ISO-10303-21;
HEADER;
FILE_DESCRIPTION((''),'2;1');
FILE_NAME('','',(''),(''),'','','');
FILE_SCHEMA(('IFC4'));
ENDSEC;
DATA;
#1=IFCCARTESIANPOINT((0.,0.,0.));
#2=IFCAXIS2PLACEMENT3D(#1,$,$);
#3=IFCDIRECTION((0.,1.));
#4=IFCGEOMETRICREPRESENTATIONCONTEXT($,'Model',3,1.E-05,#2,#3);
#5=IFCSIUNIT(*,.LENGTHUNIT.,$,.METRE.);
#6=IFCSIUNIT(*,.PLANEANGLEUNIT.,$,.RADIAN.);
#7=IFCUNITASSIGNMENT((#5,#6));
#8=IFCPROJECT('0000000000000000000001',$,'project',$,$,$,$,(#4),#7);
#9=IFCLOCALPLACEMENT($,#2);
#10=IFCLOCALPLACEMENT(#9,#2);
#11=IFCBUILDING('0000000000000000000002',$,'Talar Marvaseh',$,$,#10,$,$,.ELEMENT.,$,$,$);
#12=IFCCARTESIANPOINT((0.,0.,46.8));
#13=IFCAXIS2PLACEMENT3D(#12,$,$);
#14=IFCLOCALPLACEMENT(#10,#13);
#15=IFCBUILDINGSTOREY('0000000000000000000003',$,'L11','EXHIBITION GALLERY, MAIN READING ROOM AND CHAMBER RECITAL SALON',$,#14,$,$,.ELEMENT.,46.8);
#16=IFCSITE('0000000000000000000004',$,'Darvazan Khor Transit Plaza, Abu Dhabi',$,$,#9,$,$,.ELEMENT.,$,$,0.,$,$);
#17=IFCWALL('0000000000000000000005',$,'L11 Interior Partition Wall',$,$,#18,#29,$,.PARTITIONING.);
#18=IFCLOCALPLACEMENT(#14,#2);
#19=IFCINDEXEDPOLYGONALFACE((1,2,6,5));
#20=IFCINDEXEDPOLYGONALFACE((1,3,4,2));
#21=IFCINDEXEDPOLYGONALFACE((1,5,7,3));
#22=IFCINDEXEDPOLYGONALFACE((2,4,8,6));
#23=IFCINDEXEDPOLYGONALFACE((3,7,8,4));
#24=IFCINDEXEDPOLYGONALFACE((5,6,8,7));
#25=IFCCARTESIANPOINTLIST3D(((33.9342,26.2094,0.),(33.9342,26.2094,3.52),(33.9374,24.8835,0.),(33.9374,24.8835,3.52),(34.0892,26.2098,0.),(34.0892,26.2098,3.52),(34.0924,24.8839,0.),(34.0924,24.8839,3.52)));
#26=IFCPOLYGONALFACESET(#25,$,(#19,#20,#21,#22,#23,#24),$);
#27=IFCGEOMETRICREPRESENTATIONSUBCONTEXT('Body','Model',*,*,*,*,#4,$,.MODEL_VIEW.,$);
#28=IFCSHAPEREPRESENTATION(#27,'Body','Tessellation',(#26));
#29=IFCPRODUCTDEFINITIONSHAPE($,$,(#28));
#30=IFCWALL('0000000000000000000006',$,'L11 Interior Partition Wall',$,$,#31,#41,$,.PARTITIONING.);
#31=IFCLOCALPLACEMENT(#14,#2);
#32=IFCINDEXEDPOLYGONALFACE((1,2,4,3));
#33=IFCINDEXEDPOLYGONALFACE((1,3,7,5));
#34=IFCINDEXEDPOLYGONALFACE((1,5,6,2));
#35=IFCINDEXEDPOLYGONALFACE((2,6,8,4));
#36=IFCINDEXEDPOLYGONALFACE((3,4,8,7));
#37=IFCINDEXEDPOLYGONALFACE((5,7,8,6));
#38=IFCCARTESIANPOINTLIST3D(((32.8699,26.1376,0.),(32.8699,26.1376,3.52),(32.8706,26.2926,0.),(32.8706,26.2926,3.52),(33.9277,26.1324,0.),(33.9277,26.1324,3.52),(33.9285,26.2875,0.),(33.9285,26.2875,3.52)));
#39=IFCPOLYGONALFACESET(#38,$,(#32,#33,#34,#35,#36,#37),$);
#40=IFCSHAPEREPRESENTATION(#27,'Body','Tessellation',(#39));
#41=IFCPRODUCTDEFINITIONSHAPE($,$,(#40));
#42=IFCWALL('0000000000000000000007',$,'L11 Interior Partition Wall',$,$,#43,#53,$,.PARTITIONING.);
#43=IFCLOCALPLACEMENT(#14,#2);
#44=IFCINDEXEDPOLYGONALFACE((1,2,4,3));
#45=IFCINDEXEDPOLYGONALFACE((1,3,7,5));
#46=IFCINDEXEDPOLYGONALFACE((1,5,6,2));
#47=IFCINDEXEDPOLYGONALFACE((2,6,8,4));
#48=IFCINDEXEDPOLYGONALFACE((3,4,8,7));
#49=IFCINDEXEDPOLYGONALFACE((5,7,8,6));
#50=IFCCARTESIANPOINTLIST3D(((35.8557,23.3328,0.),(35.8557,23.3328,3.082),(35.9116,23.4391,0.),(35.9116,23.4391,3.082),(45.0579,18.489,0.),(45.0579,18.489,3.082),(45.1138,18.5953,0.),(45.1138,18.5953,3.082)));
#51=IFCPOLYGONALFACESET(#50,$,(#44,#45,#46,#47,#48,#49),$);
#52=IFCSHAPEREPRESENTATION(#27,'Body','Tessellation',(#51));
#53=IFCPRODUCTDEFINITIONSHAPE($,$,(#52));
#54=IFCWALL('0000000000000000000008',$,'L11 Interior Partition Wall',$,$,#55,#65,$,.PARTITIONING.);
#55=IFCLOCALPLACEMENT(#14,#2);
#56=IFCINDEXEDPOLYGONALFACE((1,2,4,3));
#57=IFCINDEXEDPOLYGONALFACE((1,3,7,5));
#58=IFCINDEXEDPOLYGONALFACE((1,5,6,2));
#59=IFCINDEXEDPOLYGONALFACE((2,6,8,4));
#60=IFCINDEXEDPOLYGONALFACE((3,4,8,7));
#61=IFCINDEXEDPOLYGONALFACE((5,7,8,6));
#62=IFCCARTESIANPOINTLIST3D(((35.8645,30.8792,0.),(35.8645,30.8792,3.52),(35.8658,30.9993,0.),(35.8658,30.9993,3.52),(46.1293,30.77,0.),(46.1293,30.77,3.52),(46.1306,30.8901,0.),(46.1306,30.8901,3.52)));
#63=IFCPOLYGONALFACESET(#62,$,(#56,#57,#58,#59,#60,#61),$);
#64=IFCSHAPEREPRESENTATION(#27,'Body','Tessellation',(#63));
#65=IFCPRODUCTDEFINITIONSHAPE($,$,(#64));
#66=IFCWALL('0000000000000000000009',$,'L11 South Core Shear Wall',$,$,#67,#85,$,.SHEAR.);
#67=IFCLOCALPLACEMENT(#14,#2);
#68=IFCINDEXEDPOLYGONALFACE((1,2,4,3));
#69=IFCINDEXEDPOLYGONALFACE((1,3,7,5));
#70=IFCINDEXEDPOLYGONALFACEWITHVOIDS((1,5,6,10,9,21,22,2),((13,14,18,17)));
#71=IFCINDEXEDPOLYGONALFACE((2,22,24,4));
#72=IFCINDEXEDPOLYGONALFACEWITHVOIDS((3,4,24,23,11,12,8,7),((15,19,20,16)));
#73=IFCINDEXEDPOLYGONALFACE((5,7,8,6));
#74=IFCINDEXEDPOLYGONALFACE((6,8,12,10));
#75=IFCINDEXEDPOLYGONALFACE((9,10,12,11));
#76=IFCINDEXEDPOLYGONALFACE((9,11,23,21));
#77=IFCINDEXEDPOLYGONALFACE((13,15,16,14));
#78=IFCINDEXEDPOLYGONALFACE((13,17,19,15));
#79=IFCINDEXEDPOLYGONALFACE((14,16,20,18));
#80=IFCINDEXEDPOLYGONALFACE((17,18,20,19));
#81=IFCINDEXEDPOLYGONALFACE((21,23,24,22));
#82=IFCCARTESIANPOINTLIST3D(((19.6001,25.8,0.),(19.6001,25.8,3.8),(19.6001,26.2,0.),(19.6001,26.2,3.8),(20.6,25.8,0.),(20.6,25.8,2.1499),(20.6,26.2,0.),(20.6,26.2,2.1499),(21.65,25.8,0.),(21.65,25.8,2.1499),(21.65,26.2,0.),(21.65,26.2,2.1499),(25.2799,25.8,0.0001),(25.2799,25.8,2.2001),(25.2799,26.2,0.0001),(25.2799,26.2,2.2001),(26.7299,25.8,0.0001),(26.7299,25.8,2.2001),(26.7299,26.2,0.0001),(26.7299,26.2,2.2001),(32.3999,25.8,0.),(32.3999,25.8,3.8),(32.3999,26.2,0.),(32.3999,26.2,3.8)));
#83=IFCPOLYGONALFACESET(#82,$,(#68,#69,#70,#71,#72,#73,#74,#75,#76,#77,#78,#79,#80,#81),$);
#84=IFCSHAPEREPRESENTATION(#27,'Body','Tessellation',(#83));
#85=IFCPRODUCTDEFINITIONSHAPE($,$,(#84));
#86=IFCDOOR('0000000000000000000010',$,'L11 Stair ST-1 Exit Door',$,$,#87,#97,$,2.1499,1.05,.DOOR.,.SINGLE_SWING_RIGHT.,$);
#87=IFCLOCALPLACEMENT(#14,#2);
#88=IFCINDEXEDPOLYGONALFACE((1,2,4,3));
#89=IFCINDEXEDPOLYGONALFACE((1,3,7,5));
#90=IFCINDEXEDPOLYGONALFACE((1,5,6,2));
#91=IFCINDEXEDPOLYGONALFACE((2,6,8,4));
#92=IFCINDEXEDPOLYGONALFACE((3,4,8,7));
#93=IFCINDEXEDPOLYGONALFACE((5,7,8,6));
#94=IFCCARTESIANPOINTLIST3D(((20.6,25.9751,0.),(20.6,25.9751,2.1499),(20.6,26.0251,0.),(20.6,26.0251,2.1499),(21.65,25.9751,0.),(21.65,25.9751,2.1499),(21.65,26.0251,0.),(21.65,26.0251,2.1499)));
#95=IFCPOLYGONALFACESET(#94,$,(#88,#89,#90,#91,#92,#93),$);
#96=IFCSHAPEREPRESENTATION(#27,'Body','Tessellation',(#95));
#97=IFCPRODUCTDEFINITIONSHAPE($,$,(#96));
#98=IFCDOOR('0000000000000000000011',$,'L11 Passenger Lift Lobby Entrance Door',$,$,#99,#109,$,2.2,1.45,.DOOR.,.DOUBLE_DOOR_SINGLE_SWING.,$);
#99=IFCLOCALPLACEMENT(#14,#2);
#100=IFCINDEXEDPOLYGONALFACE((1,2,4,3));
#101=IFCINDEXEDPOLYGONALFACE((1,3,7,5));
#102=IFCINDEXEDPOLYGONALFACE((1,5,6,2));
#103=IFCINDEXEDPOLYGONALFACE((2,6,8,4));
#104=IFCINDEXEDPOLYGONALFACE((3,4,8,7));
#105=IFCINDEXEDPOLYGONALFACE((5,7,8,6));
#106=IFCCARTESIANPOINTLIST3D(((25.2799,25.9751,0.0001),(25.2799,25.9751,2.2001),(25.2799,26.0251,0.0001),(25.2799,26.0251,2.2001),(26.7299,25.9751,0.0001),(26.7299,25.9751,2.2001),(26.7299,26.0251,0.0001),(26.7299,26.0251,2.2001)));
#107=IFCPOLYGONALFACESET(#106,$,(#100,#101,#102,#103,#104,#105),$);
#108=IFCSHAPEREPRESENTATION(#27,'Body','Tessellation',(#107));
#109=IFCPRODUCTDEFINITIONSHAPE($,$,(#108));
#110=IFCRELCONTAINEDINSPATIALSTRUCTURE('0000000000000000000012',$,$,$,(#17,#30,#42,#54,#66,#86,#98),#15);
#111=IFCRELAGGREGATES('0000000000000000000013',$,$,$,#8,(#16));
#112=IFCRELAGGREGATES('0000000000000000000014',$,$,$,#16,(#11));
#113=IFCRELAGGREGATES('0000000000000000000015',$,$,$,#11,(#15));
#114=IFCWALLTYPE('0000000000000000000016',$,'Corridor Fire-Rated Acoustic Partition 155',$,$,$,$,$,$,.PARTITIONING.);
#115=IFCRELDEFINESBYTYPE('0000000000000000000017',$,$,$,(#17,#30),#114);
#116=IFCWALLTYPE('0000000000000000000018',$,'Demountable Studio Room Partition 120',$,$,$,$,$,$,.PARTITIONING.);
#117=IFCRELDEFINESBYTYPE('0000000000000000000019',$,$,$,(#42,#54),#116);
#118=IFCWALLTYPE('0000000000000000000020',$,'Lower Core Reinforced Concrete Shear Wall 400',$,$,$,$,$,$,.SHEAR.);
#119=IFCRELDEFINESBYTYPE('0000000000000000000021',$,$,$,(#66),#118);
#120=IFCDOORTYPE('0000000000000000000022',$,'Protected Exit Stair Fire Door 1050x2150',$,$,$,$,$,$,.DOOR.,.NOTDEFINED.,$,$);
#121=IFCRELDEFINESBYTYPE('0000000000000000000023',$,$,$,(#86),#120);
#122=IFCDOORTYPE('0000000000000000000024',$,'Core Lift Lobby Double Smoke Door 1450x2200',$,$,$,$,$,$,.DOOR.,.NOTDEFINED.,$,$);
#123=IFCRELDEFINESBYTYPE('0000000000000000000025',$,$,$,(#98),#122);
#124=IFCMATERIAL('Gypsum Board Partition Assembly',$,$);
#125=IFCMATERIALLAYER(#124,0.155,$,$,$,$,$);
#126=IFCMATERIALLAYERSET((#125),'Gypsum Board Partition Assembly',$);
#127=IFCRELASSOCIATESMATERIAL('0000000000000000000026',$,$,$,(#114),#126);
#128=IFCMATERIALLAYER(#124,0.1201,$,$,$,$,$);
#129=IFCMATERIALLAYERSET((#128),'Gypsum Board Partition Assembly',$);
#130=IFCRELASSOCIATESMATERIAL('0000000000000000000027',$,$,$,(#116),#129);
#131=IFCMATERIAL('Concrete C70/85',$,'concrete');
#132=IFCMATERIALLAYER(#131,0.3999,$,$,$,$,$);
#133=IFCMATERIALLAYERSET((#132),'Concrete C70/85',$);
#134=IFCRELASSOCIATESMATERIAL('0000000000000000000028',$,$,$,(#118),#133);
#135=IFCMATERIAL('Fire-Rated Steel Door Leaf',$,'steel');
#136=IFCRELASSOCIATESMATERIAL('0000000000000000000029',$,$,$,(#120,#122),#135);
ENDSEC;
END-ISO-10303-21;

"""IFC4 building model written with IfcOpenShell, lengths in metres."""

from ifc_helpers import new_model, si_unit, direction, frame, frame_2d, origin, place, context, subcontext, project, spatial, rectangle, extrude, source, transform, mapped, material, layer, layer_set, type_object, type_shapes, element, fill, save


model = new_model("IFC4")

# Units and contexts
model_context = context("Model", 3, precision=1e-05, world=origin(), true_north=direction((0.0, 1.0)))
body_context = subcontext(model_context, "Body", "Model", "MODEL_VIEW")
ifc_project = project(units=[si_unit("LENGTHUNIT", "METRE"), si_unit("PLANEANGLEUNIT", "RADIAN")], contexts=[model_context])

# Site, building, storey
site_placement = place(None, origin())
site = spatial("IfcSite", under=ifc_project, at=site_placement, Name="Darvazan Khor Transit Plaza, Abu Dhabi", CompositionType="ELEMENT", RefElevation=0.0)
building_placement = place(site_placement, origin())
building = spatial("IfcBuilding", under=site, at=building_placement, Name="Talar Marvaseh", CompositionType="ELEMENT")
storey_placement = place(building_placement, frame((0.0, 0.0, 46.8)))
storey = spatial("IfcBuildingStorey", under=building, at=storey_placement, Name="L11", Description="EXHIBITION GALLERY, MAIN READING ROOM AND CHAMBER RECITAL SALON", CompositionType="ELEMENT", Elevation=46.8)

# Shared definitions
ifc_material_1 = material(Name="Concrete C70/85", Category="concrete")

# Shared definitions
ifc_material_2 = material(Name="Gypsum Board Partition Assembly")
ifc_layer_1 = layer(ifc_material_2, 0.155)
ifc_layer_set_1 = layer_set([ifc_layer_1], Name="Gypsum Board Partition Assembly")
wall_type_1 = type_object("IfcWallType", Name="Corridor Fire-Rated Acoustic Partition 155", PredefinedType="PARTITIONING", material=ifc_layer_set_1)

# Walls
wall_1_placement = place(storey_placement, frame((34.0149, 24.8835, 0.0), z_axis=(0.0, 0.0, 1.0), x_axis=(-0.002394, 0.999997, 0.0)))
element("IfcWall", 1, at=wall_1_placement, inside=storey, type_object=wall_type_1, Name="L11 Interior Partition Wall", PredefinedType="PARTITIONING", context=body_context, shape_type="SweptSolid", body=[
    extrude(rectangle(XDim=1.3259, YDim=0.155, at=frame_2d((0.6631, 0.0))), origin(), (0.0, 0.0, 1.0), 3.52),
])
wall_2_placement = place(storey_placement, frame((33.928, 26.21, 0.0), z_axis=(0.0, 0.0, 1.0), x_axis=(-0.999988, 0.004846, 0.0)))
element("IfcWall", 2, at=wall_2_placement, inside=storey, type_object=wall_type_1, Name="L11 Interior Partition Wall", PredefinedType="PARTITIONING", context=body_context, shape_type="SweptSolid", body=[
    extrude(rectangle(XDim=1.0579, YDim=0.155, at=frame_2d((0.5288, 0.0))), origin(), (0.0, 0.0, 1.0), 3.52),
])
ifc_layer_2 = layer(ifc_material_2, 0.1201)
ifc_layer_set_2 = layer_set([ifc_layer_2], Name="Gypsum Board Partition Assembly")
wall_type_2 = type_object("IfcWallType", Name="Demountable Studio Room Partition 120", PredefinedType="PARTITIONING", material=ifc_layer_set_2)
wall_3_placement = place(storey_placement, frame((35.8835, 23.386, 0.0), z_axis=(0.0, 0.0, 1.0), x_axis=(0.884898, -0.465785, 0.0)))
element("IfcWall", 3, at=wall_3_placement, inside=storey, type_object=wall_type_2, Name="L11 Interior Partition Wall", PredefinedType="PARTITIONING", context=body_context, shape_type="SweptSolid", body=[
    extrude(rectangle(XDim=10.3992, YDim=0.1201, at=frame_2d((5.1997, 0.0))), origin(), (0.0, 0.0, 1.0), 3.082),
])
wall_4_placement = place(storey_placement, frame((35.865, 30.9392, 0.0), z_axis=(0.0, 0.0, 1.0), x_axis=(0.999943, -0.010631, 0.0)))
element("IfcWall", 4, at=wall_4_placement, inside=storey, type_object=wall_type_2, Name="L11 Interior Partition Wall", PredefinedType="PARTITIONING", context=body_context, shape_type="SweptSolid", body=[
    extrude(rectangle(XDim=10.2654, YDim=0.1201, at=frame_2d((5.1328, 0.0))), origin(), (0.0, 0.0, 1.0), 3.52),
])

# Wall, openings, doors
ifc_layer_3 = layer(ifc_material_1, 0.3999)
ifc_layer_set_3 = layer_set([ifc_layer_3], Name="Concrete C70/85")
wall_type_3 = type_object("IfcWallType", Name="Lower Core Reinforced Concrete Shear Wall 400", PredefinedType="SHEAR", material=ifc_layer_set_3)
wall_5_placement = place(storey_placement, frame((32.3999, 26.0, 0.0), z_axis=(0.0, 0.0, 1.0), x_axis=(-1.0, 0.0, 0.0)))
wall_5 = element("IfcWall", 5, at=wall_5_placement, inside=storey, type_object=wall_type_3, Name="L11 South Core Shear Wall", PredefinedType="SHEAR", context=body_context, shape_type="SweptSolid", body=[
    extrude(rectangle(XDim=12.7998, YDim=0.3999, at=frame_2d((6.3999, 0.0))), origin(), (0.0, 0.0, 1.0), 3.8),
])
opening_1_placement = place(wall_5_placement, frame((10.75, 0.0, 0.0)))
opening_1 = element("IfcOpeningElement", 6, at=opening_1_placement, cuts=wall_5, PredefinedType="OPENING", context=body_context, shape_type="SweptSolid", body=[
    extrude(rectangle(XDim=1.05, YDim=2.1499, at=frame_2d((0.5249, 1.075))), frame((0.0, 0.21, 0.0), z_axis=(0.0, -1.0, 0.0), x_axis=(1.0, 0.0, 0.0)), (0.0, 0.0, 1.0), 0.4199),
])
opening_2_placement = place(wall_5_placement, frame((5.6699, 0.0, 0.0)))
opening_2 = element("IfcOpeningElement", 7, at=opening_2_placement, cuts=wall_5, PredefinedType="OPENING", context=body_context, shape_type="SweptSolid", body=[
    extrude(rectangle(XDim=1.45, YDim=2.2, at=frame_2d((0.7251, 1.1001))), frame((0.0, 0.21, 0.0), z_axis=(0.0, -1.0, 0.0), x_axis=(1.0, 0.0, 0.0)), (0.0, 0.0, 1.0), 0.4199),
])
ifc_material_3 = material(Name="Fire-Rated Steel Door Leaf", Category="steel")
door_type_1 = type_object("IfcDoorType", Name="Protected Exit Stair Fire Door 1050x2150", OperationType="NOTDEFINED", PredefinedType="DOOR", material=ifc_material_3)
shared_shape_1 = source(origin(), body_context, "Body", "SweptSolid", [
    extrude(rectangle(XDim=1.05, YDim=2.1499, at=frame_2d((0.5249, 1.075))), frame((0.0, 0.0249, 0.0), z_axis=(0.0, -1.0, 0.0), x_axis=(1.0, 0.0, 0.0)), (0.0, 0.0, 1.0), 0.05),
])
type_shapes(door_type_1, [shared_shape_1])
door_1_placement = place(opening_1_placement, origin())
door_1 = element("IfcDoor", 8, at=door_1_placement, inside=storey, type_object=door_type_1, Name="L11 Stair ST-1 Exit Door", OperationType="SINGLE_SWING_RIGHT", OverallHeight=2.1499, OverallWidth=1.05, PredefinedType="DOOR", context=body_context, shape_type="MappedRepresentation", body=[
    mapped(shared_shape_1, transform((0.0, 0.0, 0.0), x_axis=(1.0, 0.0, 0.0), y_axis=(0.0, 1.0, 0.0), z_axis=(0.0, 0.0, 1.0), scale=1.0)),
])
fill(opening_1, door_1)
door_type_2 = type_object("IfcDoorType", Name="Core Lift Lobby Double Smoke Door 1450x2200", OperationType="NOTDEFINED", PredefinedType="DOOR", material=ifc_material_3)
shared_shape_2 = source(origin(), body_context, "Body", "SweptSolid", [
    extrude(rectangle(XDim=1.45, YDim=2.2, at=frame_2d((0.7251, 1.1001))), frame((0.0, 0.0249, 0.0), z_axis=(0.0, -1.0, 0.0), x_axis=(1.0, 0.0, 0.0)), (0.0, 0.0, 1.0), 0.05),
])
type_shapes(door_type_2, [shared_shape_2])
door_2_placement = place(opening_2_placement, origin())
door_2 = element("IfcDoor", 9, at=door_2_placement, inside=storey, type_object=door_type_2, Name="L11 Passenger Lift Lobby Entrance Door", OperationType="DOUBLE_DOOR_SINGLE_SWING", OverallHeight=2.2, OverallWidth=1.45, PredefinedType="DOOR", context=body_context, shape_type="MappedRepresentation", body=[
    mapped(shared_shape_2, transform((0.0, 0.0, 0.0), x_axis=(1.0, 0.0, 0.0), y_axis=(0.0, 1.0, 0.0), z_axis=(0.0, 0.0, 1.0), scale=1.0)),
])
fill(opening_2, door_2)

save(model, "model.ifc")
